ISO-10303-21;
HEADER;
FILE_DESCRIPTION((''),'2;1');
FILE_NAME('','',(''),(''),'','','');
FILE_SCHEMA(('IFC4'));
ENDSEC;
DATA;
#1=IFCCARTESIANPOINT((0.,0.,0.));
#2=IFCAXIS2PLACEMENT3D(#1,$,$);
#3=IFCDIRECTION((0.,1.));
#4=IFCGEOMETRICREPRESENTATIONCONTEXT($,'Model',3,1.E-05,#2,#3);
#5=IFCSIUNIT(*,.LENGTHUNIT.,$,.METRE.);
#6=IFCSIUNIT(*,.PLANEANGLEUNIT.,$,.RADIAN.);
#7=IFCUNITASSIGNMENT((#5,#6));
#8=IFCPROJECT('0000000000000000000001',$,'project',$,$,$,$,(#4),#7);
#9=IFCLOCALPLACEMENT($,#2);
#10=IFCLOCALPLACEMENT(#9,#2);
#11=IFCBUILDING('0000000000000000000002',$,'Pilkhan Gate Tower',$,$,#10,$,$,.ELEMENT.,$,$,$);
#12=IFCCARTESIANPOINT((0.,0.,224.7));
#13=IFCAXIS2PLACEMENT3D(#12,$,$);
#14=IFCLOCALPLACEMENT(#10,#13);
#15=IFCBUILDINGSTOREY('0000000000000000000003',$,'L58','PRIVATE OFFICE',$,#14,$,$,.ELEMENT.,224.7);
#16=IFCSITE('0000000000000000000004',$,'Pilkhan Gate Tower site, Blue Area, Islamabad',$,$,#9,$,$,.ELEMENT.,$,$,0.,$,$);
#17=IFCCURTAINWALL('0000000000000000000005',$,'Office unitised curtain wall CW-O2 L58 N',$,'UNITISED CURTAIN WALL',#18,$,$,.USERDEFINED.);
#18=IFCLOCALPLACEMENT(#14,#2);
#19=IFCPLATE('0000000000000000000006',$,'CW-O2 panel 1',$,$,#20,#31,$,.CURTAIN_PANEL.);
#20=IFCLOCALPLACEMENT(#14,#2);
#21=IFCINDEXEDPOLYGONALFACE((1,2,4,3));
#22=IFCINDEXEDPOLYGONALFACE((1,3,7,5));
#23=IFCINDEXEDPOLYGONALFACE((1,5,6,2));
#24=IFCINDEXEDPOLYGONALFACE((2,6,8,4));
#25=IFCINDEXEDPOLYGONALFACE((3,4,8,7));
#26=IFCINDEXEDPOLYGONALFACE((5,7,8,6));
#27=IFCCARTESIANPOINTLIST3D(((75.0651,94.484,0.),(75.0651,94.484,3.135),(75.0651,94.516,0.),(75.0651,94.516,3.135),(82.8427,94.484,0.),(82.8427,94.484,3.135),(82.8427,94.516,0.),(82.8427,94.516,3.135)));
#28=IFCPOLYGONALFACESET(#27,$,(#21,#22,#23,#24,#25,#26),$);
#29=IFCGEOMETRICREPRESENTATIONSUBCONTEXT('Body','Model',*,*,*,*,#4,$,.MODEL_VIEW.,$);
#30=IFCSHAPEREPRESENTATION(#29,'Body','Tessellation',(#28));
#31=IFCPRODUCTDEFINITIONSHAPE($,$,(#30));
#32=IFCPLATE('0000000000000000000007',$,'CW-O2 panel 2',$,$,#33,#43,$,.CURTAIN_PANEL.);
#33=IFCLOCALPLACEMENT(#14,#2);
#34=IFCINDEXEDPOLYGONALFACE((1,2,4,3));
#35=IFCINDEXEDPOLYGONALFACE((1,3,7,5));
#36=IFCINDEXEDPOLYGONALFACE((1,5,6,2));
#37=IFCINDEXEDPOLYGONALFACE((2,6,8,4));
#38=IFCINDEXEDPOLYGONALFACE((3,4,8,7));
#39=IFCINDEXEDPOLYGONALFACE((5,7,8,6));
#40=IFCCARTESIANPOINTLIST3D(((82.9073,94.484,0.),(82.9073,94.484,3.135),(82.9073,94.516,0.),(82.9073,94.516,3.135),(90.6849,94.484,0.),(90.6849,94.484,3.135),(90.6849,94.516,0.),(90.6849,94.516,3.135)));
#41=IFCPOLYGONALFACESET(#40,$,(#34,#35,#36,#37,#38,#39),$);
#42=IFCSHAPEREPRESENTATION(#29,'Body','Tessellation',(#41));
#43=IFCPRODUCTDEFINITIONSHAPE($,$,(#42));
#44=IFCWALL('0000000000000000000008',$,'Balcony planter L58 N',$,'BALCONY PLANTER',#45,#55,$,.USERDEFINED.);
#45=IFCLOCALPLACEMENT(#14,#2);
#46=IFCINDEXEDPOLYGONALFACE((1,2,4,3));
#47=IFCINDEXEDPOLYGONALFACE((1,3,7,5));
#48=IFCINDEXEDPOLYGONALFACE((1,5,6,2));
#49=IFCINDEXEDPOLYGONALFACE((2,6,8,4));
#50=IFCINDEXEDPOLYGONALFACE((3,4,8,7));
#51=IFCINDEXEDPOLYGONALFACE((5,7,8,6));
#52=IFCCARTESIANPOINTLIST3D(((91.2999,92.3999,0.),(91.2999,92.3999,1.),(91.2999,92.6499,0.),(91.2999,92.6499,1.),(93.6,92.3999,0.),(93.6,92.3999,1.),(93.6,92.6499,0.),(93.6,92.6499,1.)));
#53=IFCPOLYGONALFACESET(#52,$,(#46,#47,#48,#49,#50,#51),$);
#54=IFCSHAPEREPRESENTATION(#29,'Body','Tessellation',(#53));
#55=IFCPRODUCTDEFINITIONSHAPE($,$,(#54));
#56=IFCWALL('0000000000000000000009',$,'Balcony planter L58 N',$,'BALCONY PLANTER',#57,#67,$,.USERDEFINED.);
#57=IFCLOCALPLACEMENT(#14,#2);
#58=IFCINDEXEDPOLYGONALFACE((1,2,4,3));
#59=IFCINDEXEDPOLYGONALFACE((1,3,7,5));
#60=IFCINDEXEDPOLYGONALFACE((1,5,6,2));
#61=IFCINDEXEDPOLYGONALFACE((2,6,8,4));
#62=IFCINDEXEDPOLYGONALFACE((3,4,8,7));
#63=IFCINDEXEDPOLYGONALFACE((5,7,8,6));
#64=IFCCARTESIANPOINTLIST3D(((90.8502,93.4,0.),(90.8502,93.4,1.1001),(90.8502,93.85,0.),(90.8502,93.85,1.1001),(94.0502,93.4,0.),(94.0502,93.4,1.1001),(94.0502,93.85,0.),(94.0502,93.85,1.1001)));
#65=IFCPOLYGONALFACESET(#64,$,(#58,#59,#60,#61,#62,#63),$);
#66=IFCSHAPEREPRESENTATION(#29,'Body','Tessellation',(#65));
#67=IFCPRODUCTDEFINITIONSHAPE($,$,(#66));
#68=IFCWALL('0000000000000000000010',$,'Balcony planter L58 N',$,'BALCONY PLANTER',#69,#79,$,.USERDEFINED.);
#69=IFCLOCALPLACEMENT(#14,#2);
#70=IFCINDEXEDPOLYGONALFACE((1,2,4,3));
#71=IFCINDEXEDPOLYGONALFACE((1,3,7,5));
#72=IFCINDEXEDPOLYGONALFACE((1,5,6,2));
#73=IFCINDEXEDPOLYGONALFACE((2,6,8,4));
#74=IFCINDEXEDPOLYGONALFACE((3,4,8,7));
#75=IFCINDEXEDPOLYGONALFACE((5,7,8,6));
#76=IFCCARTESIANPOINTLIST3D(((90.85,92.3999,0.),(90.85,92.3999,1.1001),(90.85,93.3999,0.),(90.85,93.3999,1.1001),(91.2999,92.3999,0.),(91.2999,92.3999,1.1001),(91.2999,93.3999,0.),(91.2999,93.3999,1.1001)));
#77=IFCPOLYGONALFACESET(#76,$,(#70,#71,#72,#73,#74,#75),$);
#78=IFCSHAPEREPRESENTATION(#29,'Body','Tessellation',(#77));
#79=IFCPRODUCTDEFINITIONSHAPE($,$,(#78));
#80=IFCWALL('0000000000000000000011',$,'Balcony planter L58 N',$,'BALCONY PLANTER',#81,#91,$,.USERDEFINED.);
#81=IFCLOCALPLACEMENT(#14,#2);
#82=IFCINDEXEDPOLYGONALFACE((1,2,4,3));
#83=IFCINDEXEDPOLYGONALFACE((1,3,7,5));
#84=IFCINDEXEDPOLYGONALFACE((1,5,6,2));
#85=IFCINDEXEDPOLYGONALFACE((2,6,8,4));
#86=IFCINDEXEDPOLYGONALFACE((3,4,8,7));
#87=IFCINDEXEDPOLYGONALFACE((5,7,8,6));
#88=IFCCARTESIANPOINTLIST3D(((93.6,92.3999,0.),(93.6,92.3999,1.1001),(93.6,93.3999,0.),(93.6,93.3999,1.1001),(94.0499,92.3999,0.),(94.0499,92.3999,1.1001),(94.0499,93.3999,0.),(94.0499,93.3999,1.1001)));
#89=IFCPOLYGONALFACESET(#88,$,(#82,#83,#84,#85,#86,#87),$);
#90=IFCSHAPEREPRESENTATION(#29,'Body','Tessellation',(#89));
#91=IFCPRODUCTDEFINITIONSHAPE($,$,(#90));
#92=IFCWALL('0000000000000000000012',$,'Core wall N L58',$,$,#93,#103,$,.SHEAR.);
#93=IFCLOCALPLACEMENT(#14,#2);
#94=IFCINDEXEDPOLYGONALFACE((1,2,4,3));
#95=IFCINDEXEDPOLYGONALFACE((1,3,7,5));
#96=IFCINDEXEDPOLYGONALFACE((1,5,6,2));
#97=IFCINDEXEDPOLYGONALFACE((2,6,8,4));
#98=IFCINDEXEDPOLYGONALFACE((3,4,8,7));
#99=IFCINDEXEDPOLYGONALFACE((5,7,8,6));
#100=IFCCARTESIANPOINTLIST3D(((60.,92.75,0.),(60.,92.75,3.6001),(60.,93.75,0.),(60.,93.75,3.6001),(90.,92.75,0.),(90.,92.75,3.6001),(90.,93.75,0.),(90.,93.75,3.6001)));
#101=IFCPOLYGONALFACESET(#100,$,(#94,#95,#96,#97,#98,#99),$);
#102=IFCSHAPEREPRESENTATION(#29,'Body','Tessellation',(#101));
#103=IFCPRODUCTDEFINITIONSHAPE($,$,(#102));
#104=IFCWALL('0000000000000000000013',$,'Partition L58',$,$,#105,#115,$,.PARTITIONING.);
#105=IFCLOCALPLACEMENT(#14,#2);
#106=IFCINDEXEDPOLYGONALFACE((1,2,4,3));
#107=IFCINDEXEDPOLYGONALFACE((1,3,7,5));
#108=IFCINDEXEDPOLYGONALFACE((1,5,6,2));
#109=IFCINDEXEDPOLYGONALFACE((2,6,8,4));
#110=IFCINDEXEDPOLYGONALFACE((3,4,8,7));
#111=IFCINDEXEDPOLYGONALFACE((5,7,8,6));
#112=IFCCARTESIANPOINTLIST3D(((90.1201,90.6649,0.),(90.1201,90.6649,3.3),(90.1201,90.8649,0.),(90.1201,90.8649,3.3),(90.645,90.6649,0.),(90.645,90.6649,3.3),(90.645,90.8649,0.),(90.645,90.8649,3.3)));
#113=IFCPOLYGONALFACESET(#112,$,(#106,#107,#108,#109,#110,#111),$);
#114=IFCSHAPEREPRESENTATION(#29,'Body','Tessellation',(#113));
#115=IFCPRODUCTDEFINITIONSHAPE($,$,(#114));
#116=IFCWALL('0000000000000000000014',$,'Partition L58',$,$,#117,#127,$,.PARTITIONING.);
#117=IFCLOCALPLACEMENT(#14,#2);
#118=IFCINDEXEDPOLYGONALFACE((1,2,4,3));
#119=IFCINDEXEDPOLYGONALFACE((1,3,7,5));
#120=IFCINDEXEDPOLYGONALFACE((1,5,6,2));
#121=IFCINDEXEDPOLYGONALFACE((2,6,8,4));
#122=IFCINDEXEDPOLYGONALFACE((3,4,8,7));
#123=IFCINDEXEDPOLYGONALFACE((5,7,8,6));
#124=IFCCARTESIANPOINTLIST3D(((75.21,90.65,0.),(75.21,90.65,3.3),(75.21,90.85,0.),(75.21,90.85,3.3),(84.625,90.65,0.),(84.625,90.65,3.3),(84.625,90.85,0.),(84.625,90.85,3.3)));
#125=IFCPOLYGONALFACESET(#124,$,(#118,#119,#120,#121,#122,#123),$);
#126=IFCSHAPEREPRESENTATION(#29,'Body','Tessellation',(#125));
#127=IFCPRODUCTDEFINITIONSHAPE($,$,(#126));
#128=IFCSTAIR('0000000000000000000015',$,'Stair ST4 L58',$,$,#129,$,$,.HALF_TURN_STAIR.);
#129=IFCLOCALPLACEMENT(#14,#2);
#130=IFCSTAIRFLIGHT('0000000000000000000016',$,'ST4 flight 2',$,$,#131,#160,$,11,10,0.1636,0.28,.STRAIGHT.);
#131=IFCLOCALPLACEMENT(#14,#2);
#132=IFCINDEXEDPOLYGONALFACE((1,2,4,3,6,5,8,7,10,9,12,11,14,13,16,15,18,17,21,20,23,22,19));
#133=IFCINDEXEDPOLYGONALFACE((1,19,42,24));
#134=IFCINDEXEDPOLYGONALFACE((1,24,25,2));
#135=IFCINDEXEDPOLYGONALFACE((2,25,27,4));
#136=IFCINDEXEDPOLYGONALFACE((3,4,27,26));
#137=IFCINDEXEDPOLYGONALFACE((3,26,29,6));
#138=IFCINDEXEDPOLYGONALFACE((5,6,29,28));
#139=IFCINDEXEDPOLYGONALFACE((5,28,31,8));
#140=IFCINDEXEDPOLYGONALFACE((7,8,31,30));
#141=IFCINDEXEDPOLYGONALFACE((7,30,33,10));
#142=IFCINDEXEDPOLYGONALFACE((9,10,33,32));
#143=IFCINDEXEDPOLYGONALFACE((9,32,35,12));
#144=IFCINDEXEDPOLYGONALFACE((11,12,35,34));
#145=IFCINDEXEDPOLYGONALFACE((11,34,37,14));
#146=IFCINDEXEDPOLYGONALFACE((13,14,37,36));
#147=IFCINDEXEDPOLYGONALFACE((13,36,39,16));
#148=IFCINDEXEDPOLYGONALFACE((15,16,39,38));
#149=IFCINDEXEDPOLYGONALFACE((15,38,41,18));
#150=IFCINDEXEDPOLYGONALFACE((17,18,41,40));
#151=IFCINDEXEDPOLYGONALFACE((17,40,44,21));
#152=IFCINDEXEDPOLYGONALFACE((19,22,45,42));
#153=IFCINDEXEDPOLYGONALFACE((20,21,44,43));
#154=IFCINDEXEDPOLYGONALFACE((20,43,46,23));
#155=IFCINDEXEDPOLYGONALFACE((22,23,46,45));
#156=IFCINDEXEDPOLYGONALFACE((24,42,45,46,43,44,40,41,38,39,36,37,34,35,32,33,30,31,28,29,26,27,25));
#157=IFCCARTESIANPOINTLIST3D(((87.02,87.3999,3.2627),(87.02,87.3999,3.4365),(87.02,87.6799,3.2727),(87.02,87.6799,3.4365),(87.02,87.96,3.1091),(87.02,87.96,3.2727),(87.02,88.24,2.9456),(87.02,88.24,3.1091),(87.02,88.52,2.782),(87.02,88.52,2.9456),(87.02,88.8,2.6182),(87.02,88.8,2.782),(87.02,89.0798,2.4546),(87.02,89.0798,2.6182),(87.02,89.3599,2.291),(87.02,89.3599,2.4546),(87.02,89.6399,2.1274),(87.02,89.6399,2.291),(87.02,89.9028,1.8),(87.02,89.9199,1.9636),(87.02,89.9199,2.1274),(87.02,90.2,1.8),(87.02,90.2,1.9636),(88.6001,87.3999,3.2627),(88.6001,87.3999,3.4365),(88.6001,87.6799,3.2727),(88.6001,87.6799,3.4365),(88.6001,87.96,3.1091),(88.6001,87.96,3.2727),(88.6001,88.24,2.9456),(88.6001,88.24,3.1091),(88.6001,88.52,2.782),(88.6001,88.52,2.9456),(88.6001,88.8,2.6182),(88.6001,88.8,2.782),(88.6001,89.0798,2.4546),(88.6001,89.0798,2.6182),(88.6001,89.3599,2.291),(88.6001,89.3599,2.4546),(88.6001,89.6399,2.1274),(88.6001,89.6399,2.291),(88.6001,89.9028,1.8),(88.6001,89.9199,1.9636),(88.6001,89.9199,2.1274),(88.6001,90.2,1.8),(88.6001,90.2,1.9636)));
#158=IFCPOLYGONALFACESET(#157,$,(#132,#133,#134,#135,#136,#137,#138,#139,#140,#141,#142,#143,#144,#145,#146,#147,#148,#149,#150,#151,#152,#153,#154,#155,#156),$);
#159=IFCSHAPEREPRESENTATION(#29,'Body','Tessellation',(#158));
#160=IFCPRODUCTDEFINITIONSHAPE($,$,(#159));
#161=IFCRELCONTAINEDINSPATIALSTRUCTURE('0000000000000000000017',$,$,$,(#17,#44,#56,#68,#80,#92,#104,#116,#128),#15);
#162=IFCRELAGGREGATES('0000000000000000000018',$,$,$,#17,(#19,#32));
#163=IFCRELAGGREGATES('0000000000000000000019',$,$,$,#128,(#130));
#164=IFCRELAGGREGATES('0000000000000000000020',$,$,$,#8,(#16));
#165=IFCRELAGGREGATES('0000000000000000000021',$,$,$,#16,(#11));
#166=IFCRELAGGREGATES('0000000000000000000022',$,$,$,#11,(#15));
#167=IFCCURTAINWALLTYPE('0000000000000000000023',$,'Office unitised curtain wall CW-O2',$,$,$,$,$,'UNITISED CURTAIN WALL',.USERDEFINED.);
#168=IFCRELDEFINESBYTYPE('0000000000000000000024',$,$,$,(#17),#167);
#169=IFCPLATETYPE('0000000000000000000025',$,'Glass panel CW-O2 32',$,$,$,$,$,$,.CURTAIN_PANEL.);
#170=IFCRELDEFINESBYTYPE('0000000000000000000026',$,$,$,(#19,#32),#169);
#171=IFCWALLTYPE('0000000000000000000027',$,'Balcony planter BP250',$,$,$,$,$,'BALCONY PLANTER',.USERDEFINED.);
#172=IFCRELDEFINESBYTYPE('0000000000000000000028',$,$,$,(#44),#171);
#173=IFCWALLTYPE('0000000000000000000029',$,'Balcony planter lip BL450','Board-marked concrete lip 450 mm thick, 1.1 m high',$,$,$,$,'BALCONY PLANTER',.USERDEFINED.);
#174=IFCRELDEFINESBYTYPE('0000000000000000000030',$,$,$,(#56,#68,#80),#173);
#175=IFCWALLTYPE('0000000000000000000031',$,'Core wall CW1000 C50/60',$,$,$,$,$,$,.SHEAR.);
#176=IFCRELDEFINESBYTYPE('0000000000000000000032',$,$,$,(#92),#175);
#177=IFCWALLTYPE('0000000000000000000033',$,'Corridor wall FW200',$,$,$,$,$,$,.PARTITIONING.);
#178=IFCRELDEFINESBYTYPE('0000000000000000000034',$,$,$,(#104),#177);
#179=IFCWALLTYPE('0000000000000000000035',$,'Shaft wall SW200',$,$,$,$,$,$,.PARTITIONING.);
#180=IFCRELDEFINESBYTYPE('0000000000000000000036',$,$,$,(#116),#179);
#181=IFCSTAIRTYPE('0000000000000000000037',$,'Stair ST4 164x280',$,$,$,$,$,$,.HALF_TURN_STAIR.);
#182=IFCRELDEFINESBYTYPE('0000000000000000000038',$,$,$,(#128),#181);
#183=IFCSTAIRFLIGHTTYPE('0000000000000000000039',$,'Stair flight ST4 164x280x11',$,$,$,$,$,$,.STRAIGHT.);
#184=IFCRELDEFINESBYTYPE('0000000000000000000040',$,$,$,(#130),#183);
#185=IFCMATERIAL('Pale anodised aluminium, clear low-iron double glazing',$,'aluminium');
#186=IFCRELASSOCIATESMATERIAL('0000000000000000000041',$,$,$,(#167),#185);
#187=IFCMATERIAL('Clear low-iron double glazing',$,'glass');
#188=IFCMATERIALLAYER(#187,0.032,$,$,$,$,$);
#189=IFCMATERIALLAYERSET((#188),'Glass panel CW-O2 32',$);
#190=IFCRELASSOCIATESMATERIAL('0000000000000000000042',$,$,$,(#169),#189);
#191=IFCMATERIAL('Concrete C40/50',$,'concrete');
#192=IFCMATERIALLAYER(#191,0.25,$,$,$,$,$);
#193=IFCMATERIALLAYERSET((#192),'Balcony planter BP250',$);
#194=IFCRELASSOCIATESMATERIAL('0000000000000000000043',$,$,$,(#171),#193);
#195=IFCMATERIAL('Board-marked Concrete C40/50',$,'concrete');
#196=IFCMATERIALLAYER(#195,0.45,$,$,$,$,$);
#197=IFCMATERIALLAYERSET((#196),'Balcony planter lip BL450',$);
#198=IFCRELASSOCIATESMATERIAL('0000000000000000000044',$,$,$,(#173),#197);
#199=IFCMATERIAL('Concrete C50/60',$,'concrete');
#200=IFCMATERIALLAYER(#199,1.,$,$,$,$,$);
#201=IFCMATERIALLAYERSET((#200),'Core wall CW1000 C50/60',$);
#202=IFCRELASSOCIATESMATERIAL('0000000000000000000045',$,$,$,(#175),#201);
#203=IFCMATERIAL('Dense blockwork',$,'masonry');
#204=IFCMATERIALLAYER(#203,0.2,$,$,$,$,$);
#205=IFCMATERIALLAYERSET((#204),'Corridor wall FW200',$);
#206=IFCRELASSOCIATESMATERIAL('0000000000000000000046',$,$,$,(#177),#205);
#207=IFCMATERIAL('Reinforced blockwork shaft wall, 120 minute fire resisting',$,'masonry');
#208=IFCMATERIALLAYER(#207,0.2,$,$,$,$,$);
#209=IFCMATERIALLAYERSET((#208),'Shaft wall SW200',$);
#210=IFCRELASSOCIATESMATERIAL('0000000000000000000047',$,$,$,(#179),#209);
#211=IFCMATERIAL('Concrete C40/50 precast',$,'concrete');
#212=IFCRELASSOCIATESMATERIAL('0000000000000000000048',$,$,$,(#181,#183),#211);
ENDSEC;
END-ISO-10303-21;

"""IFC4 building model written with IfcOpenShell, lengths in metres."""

from ifc_helpers import new_model, si_unit, direction, frame, frame_2d, origin, origin_2d, place, context, subcontext, project, spatial, polyline, rectangle, outline, extrude, material, layer, layer_set, type_object, element, aggregate, save


model = new_model("IFC4")

# Units and contexts
model_context = context("Model", 3, precision=1e-05, world=origin(), true_north=direction((0.0, 1.0)))
body_context = subcontext(model_context, "Body", "Model", "MODEL_VIEW")
ifc_project = project(units=[si_unit("LENGTHUNIT", "METRE"), si_unit("PLANEANGLEUNIT", "RADIAN")], contexts=[model_context])

# Site, building, storey
site_placement = place(None, origin())
site = spatial("IfcSite", under=ifc_project, at=site_placement, Name="Pilkhan Gate Tower site, Blue Area, Islamabad", CompositionType="ELEMENT", RefElevation=0.0)
building_placement = place(site_placement, origin())
building = spatial("IfcBuilding", under=site, at=building_placement, Name="Pilkhan Gate Tower", CompositionType="ELEMENT")
storey_placement = place(building_placement, frame((0.0, 0.0, 224.7)))
storey = spatial("IfcBuildingStorey", under=building, at=storey_placement, Name="L58", Description="PRIVATE OFFICE", CompositionType="ELEMENT", Elevation=224.7)

# Shared definitions
ifc_material_1 = material(Name="Concrete C50/60", Category="concrete")

# Shared definitions
ifc_material_2 = material(Name="Pale anodised aluminium, clear low-iron double glazing", Category="aluminium")
curtain_wall_type = type_object("IfcCurtainWallType", Name="Office unitised curtain wall CW-O2", ElementType="UNITISED CURTAIN WALL", PredefinedType="USERDEFINED", material=ifc_material_2)

# Curtain wall
curtain_wall_1_placement = place(storey_placement, origin())
curtain_wall_1 = element("IfcCurtainWall", 1, at=curtain_wall_1_placement, inside=storey, type_object=curtain_wall_type, Name="Office unitised curtain wall CW-O2 L58 N", ObjectType="UNITISED CURTAIN WALL", PredefinedType="USERDEFINED")

# Plates
ifc_material_3 = material(Name="Clear low-iron double glazing", Category="glass")
ifc_layer_1 = layer(ifc_material_3, 0.032)
ifc_layer_set_1 = layer_set([ifc_layer_1], Name="Glass panel CW-O2 32")
plate_type = type_object("IfcPlateType", Name="Glass panel CW-O2 32", PredefinedType="CURTAIN_PANEL", material=ifc_layer_set_1)
plate_1_placement = place(storey_placement, frame((78.9539, 94.5, 0.0), z_axis=(0.0, 0.0, 1.0), x_axis=(1.0, 0.0, 0.0)))
plate_1 = element("IfcPlate", 2, at=plate_1_placement, type_object=plate_type, Name="CW-O2 panel 1", PredefinedType="CURTAIN_PANEL", context=body_context, shape_type="SweptSolid", body=[
    extrude(rectangle(XDim=7.7776, YDim=0.032, at=origin_2d()), origin(), (0.0, 0.0, 1.0), 3.135),
])
plate_2_placement = place(storey_placement, frame((86.7961, 94.5, 0.0), z_axis=(0.0, 0.0, 1.0), x_axis=(1.0, 0.0, 0.0)))
plate_2 = element("IfcPlate", 3, at=plate_2_placement, type_object=plate_type, Name="CW-O2 panel 2", PredefinedType="CURTAIN_PANEL", context=body_context, shape_type="SweptSolid", body=[
    extrude(rectangle(XDim=7.7776, YDim=0.032, at=origin_2d()), origin(), (0.0, 0.0, 1.0), 3.135),
])
aggregate(curtain_wall_1, [plate_1, plate_2])

# Walls
ifc_material_4 = material(Name="Concrete C40/50", Category="concrete")
ifc_layer_2 = layer(ifc_material_4, 0.25)
ifc_layer_set_2 = layer_set([ifc_layer_2], Name="Balcony planter BP250")
wall_type_1 = type_object("IfcWallType", Name="Balcony planter BP250", ElementType="BALCONY PLANTER", PredefinedType="USERDEFINED", material=ifc_layer_set_2)
wall_1_placement = place(storey_placement, frame((91.3, 92.5249, 0.0), z_axis=(0.0, 0.0, 1.0), x_axis=(1.0, 0.0, 0.0)))
element("IfcWall", 4, at=wall_1_placement, inside=storey, type_object=wall_type_1, Name="Balcony planter L58 N", ObjectType="BALCONY PLANTER", PredefinedType="USERDEFINED", context=body_context, shape_type="SweptSolid", body=[
    extrude(rectangle(XDim=2.3, YDim=0.25, at=frame_2d((1.1499, 0.0))), origin(), (0.0, 0.0, 1.0), 1.0),
])
ifc_material_5 = material(Name="Board-marked Concrete C40/50", Category="concrete")
ifc_layer_3 = layer(ifc_material_5, 0.45)
ifc_layer_set_3 = layer_set([ifc_layer_3], Name="Balcony planter lip BL450")
wall_type_2 = type_object("IfcWallType", Name="Balcony planter lip BL450", Description="Board-marked concrete lip 450 mm thick, 1.1 m high", ElementType="BALCONY PLANTER", PredefinedType="USERDEFINED", material=ifc_layer_set_3)
wall_2_placement = place(storey_placement, frame((90.8501, 93.625, 0.0), z_axis=(0.0, 0.0, 1.0), x_axis=(1.0, 0.0, 0.0)))
element("IfcWall", 5, at=wall_2_placement, inside=storey, type_object=wall_type_2, Name="Balcony planter L58 N", ObjectType="BALCONY PLANTER", PredefinedType="USERDEFINED", context=body_context, shape_type="SweptSolid", body=[
    extrude(rectangle(XDim=3.2, YDim=0.45, at=frame_2d((1.6001, 0.0))), origin(), (0.0, 0.0, 1.0), 1.1001),
])
for number, where, z_axis, x_axis, name in (
    (6, (91.075, 92.3999, 0.0), (0.0, 0.0, 1.0), (0.0, 1.0, 0.0), "Balcony planter L58 N"),
    (7, (93.825, 92.3999, 0.0), (0.0, 0.0, 1.0), (0.0, 1.0, 0.0), "Balcony planter L58 N"),
):
    element("IfcWall", number, at=place(storey_placement, frame(where, z_axis=z_axis, x_axis=x_axis)), inside=storey, type_object=wall_type_2, Name=name, ObjectType="BALCONY PLANTER", PredefinedType="USERDEFINED", context=body_context, shape_type="SweptSolid", body=[
        extrude(rectangle(XDim=1.0, YDim=0.45, at=frame_2d((0.5, 0.0))), origin(), (0.0, 0.0, 1.0), 1.1001),
    ])
ifc_layer_4 = layer(ifc_material_1, 1.0)
ifc_layer_set_4 = layer_set([ifc_layer_4], Name="Core wall CW1000 C50/60")
wall_type_3 = type_object("IfcWallType", Name="Core wall CW1000 C50/60", PredefinedType="SHEAR", material=ifc_layer_set_4)
wall_3_placement = place(storey_placement, frame((90.0, 93.25, 0.0), z_axis=(0.0, 0.0, 1.0), x_axis=(-1.0, 0.0, 0.0)))
element("IfcWall", 8, at=wall_3_placement, inside=storey, type_object=wall_type_3, Name="Core wall N L58", PredefinedType="SHEAR", context=body_context, shape_type="SweptSolid", body=[
    extrude(rectangle(XDim=30.0, YDim=1.0, at=frame_2d((15.0, 0.0))), origin(), (0.0, 0.0, 1.0), 3.6001),
])
ifc_material_6 = material(Name="Dense blockwork", Category="masonry")
ifc_layer_5 = layer(ifc_material_6, 0.2)
ifc_layer_set_5 = layer_set([ifc_layer_5], Name="Corridor wall FW200")
wall_type_4 = type_object("IfcWallType", Name="Corridor wall FW200", PredefinedType="PARTITIONING", material=ifc_layer_set_5)
wall_4_placement = place(storey_placement, frame((90.1201, 90.7649, 0.0), z_axis=(0.0, 0.0, 1.0), x_axis=(1.0, 0.0, 0.0)))
element("IfcWall", 9, at=wall_4_placement, inside=storey, type_object=wall_type_4, Name="Partition L58", PredefinedType="PARTITIONING", context=body_context, shape_type="SweptSolid", body=[
    extrude(rectangle(XDim=0.5249, YDim=0.2, at=frame_2d((0.2625, 0.0))), origin(), (0.0, 0.0, 1.0), 3.3),
])

# Wall
ifc_material_7 = material(Name="Reinforced blockwork shaft wall, 120 minute fire resisting", Category="masonry")
ifc_layer_6 = layer(ifc_material_7, 0.2)
ifc_layer_set_6 = layer_set([ifc_layer_6], Name="Shaft wall SW200")
wall_type_5 = type_object("IfcWallType", Name="Shaft wall SW200", PredefinedType="PARTITIONING", material=ifc_layer_set_6)
wall_5_placement = place(storey_placement, frame((75.21, 90.75, 0.0), z_axis=(0.0, 0.0, 1.0), x_axis=(1.0, 0.0, 0.0)))
element("IfcWall", 10, at=wall_5_placement, inside=storey, type_object=wall_type_5, Name="Partition L58", PredefinedType="PARTITIONING", context=body_context, shape_type="SweptSolid", body=[
    extrude(rectangle(XDim=9.415, YDim=0.2, at=frame_2d((4.7075, 0.0))), origin(), (0.0, 0.0, 1.0), 3.3),
])

# Stair, stair flight
ifc_material_8 = material(Name="Concrete C40/50 precast", Category="concrete")
stair_type = type_object("IfcStairType", Name="Stair ST4 164x280", PredefinedType="HALF_TURN_STAIR", material=ifc_material_8)
stair_placement = place(storey_placement, origin())
stair = element("IfcStair", 11, at=stair_placement, inside=storey, type_object=stair_type, Name="Stair ST4 L58", PredefinedType="HALF_TURN_STAIR")
stair_flight_type = type_object("IfcStairFlightType", Name="Stair flight ST4 164x280x11", PredefinedType="STRAIGHT", material=ifc_material_8)
stair_flight_placement = place(storey_placement, frame((87.8101, 90.2, 1.8), z_axis=(0.0, 0.0, 1.0), x_axis=(0.0, -1.0, 0.0)))
stair_flight = element("IfcStairFlight", 12, at=stair_flight_placement, type_object=stair_flight_type, Name="ST4 flight 2", NumberOfRisers=11, NumberOfTreads=10, PredefinedType="STRAIGHT", RiserHeight=0.1636, TreadLength=0.28, context=body_context, shape_type="SweptSolid", body=[
    extrude(outline(polyline([(0.0, 0.0), (0.0, 0.1636), (0.28, 0.1636), (0.28, 0.3274), (0.5601, 0.3274), (0.5601, 0.491), (0.8401, 0.491), (0.8401, 0.6545), (1.1201, 0.6545), (1.1201, 0.8181), (1.3999, 0.8181), (1.3999, 0.9819), (1.6799, 0.9819), (1.6799, 1.1455), (1.96, 1.1455), (1.96, 1.3091), (2.24, 1.3091), (2.24, 1.4727), (2.52, 1.4727), (2.52, 1.6365), (2.8, 1.6365), (2.8, 1.8), (2.8, 1.4626), (0.2971, 0.0), (0.0, 0.0)])), frame((0.0, 0.79, 0.0), z_axis=(0.0, -1.0, 0.0), x_axis=(1.0, 0.0, 0.0)), (0.0, 0.0, 1.0), 1.5801),
])
aggregate(stair, [stair_flight])

save(model, "model.ifc")
